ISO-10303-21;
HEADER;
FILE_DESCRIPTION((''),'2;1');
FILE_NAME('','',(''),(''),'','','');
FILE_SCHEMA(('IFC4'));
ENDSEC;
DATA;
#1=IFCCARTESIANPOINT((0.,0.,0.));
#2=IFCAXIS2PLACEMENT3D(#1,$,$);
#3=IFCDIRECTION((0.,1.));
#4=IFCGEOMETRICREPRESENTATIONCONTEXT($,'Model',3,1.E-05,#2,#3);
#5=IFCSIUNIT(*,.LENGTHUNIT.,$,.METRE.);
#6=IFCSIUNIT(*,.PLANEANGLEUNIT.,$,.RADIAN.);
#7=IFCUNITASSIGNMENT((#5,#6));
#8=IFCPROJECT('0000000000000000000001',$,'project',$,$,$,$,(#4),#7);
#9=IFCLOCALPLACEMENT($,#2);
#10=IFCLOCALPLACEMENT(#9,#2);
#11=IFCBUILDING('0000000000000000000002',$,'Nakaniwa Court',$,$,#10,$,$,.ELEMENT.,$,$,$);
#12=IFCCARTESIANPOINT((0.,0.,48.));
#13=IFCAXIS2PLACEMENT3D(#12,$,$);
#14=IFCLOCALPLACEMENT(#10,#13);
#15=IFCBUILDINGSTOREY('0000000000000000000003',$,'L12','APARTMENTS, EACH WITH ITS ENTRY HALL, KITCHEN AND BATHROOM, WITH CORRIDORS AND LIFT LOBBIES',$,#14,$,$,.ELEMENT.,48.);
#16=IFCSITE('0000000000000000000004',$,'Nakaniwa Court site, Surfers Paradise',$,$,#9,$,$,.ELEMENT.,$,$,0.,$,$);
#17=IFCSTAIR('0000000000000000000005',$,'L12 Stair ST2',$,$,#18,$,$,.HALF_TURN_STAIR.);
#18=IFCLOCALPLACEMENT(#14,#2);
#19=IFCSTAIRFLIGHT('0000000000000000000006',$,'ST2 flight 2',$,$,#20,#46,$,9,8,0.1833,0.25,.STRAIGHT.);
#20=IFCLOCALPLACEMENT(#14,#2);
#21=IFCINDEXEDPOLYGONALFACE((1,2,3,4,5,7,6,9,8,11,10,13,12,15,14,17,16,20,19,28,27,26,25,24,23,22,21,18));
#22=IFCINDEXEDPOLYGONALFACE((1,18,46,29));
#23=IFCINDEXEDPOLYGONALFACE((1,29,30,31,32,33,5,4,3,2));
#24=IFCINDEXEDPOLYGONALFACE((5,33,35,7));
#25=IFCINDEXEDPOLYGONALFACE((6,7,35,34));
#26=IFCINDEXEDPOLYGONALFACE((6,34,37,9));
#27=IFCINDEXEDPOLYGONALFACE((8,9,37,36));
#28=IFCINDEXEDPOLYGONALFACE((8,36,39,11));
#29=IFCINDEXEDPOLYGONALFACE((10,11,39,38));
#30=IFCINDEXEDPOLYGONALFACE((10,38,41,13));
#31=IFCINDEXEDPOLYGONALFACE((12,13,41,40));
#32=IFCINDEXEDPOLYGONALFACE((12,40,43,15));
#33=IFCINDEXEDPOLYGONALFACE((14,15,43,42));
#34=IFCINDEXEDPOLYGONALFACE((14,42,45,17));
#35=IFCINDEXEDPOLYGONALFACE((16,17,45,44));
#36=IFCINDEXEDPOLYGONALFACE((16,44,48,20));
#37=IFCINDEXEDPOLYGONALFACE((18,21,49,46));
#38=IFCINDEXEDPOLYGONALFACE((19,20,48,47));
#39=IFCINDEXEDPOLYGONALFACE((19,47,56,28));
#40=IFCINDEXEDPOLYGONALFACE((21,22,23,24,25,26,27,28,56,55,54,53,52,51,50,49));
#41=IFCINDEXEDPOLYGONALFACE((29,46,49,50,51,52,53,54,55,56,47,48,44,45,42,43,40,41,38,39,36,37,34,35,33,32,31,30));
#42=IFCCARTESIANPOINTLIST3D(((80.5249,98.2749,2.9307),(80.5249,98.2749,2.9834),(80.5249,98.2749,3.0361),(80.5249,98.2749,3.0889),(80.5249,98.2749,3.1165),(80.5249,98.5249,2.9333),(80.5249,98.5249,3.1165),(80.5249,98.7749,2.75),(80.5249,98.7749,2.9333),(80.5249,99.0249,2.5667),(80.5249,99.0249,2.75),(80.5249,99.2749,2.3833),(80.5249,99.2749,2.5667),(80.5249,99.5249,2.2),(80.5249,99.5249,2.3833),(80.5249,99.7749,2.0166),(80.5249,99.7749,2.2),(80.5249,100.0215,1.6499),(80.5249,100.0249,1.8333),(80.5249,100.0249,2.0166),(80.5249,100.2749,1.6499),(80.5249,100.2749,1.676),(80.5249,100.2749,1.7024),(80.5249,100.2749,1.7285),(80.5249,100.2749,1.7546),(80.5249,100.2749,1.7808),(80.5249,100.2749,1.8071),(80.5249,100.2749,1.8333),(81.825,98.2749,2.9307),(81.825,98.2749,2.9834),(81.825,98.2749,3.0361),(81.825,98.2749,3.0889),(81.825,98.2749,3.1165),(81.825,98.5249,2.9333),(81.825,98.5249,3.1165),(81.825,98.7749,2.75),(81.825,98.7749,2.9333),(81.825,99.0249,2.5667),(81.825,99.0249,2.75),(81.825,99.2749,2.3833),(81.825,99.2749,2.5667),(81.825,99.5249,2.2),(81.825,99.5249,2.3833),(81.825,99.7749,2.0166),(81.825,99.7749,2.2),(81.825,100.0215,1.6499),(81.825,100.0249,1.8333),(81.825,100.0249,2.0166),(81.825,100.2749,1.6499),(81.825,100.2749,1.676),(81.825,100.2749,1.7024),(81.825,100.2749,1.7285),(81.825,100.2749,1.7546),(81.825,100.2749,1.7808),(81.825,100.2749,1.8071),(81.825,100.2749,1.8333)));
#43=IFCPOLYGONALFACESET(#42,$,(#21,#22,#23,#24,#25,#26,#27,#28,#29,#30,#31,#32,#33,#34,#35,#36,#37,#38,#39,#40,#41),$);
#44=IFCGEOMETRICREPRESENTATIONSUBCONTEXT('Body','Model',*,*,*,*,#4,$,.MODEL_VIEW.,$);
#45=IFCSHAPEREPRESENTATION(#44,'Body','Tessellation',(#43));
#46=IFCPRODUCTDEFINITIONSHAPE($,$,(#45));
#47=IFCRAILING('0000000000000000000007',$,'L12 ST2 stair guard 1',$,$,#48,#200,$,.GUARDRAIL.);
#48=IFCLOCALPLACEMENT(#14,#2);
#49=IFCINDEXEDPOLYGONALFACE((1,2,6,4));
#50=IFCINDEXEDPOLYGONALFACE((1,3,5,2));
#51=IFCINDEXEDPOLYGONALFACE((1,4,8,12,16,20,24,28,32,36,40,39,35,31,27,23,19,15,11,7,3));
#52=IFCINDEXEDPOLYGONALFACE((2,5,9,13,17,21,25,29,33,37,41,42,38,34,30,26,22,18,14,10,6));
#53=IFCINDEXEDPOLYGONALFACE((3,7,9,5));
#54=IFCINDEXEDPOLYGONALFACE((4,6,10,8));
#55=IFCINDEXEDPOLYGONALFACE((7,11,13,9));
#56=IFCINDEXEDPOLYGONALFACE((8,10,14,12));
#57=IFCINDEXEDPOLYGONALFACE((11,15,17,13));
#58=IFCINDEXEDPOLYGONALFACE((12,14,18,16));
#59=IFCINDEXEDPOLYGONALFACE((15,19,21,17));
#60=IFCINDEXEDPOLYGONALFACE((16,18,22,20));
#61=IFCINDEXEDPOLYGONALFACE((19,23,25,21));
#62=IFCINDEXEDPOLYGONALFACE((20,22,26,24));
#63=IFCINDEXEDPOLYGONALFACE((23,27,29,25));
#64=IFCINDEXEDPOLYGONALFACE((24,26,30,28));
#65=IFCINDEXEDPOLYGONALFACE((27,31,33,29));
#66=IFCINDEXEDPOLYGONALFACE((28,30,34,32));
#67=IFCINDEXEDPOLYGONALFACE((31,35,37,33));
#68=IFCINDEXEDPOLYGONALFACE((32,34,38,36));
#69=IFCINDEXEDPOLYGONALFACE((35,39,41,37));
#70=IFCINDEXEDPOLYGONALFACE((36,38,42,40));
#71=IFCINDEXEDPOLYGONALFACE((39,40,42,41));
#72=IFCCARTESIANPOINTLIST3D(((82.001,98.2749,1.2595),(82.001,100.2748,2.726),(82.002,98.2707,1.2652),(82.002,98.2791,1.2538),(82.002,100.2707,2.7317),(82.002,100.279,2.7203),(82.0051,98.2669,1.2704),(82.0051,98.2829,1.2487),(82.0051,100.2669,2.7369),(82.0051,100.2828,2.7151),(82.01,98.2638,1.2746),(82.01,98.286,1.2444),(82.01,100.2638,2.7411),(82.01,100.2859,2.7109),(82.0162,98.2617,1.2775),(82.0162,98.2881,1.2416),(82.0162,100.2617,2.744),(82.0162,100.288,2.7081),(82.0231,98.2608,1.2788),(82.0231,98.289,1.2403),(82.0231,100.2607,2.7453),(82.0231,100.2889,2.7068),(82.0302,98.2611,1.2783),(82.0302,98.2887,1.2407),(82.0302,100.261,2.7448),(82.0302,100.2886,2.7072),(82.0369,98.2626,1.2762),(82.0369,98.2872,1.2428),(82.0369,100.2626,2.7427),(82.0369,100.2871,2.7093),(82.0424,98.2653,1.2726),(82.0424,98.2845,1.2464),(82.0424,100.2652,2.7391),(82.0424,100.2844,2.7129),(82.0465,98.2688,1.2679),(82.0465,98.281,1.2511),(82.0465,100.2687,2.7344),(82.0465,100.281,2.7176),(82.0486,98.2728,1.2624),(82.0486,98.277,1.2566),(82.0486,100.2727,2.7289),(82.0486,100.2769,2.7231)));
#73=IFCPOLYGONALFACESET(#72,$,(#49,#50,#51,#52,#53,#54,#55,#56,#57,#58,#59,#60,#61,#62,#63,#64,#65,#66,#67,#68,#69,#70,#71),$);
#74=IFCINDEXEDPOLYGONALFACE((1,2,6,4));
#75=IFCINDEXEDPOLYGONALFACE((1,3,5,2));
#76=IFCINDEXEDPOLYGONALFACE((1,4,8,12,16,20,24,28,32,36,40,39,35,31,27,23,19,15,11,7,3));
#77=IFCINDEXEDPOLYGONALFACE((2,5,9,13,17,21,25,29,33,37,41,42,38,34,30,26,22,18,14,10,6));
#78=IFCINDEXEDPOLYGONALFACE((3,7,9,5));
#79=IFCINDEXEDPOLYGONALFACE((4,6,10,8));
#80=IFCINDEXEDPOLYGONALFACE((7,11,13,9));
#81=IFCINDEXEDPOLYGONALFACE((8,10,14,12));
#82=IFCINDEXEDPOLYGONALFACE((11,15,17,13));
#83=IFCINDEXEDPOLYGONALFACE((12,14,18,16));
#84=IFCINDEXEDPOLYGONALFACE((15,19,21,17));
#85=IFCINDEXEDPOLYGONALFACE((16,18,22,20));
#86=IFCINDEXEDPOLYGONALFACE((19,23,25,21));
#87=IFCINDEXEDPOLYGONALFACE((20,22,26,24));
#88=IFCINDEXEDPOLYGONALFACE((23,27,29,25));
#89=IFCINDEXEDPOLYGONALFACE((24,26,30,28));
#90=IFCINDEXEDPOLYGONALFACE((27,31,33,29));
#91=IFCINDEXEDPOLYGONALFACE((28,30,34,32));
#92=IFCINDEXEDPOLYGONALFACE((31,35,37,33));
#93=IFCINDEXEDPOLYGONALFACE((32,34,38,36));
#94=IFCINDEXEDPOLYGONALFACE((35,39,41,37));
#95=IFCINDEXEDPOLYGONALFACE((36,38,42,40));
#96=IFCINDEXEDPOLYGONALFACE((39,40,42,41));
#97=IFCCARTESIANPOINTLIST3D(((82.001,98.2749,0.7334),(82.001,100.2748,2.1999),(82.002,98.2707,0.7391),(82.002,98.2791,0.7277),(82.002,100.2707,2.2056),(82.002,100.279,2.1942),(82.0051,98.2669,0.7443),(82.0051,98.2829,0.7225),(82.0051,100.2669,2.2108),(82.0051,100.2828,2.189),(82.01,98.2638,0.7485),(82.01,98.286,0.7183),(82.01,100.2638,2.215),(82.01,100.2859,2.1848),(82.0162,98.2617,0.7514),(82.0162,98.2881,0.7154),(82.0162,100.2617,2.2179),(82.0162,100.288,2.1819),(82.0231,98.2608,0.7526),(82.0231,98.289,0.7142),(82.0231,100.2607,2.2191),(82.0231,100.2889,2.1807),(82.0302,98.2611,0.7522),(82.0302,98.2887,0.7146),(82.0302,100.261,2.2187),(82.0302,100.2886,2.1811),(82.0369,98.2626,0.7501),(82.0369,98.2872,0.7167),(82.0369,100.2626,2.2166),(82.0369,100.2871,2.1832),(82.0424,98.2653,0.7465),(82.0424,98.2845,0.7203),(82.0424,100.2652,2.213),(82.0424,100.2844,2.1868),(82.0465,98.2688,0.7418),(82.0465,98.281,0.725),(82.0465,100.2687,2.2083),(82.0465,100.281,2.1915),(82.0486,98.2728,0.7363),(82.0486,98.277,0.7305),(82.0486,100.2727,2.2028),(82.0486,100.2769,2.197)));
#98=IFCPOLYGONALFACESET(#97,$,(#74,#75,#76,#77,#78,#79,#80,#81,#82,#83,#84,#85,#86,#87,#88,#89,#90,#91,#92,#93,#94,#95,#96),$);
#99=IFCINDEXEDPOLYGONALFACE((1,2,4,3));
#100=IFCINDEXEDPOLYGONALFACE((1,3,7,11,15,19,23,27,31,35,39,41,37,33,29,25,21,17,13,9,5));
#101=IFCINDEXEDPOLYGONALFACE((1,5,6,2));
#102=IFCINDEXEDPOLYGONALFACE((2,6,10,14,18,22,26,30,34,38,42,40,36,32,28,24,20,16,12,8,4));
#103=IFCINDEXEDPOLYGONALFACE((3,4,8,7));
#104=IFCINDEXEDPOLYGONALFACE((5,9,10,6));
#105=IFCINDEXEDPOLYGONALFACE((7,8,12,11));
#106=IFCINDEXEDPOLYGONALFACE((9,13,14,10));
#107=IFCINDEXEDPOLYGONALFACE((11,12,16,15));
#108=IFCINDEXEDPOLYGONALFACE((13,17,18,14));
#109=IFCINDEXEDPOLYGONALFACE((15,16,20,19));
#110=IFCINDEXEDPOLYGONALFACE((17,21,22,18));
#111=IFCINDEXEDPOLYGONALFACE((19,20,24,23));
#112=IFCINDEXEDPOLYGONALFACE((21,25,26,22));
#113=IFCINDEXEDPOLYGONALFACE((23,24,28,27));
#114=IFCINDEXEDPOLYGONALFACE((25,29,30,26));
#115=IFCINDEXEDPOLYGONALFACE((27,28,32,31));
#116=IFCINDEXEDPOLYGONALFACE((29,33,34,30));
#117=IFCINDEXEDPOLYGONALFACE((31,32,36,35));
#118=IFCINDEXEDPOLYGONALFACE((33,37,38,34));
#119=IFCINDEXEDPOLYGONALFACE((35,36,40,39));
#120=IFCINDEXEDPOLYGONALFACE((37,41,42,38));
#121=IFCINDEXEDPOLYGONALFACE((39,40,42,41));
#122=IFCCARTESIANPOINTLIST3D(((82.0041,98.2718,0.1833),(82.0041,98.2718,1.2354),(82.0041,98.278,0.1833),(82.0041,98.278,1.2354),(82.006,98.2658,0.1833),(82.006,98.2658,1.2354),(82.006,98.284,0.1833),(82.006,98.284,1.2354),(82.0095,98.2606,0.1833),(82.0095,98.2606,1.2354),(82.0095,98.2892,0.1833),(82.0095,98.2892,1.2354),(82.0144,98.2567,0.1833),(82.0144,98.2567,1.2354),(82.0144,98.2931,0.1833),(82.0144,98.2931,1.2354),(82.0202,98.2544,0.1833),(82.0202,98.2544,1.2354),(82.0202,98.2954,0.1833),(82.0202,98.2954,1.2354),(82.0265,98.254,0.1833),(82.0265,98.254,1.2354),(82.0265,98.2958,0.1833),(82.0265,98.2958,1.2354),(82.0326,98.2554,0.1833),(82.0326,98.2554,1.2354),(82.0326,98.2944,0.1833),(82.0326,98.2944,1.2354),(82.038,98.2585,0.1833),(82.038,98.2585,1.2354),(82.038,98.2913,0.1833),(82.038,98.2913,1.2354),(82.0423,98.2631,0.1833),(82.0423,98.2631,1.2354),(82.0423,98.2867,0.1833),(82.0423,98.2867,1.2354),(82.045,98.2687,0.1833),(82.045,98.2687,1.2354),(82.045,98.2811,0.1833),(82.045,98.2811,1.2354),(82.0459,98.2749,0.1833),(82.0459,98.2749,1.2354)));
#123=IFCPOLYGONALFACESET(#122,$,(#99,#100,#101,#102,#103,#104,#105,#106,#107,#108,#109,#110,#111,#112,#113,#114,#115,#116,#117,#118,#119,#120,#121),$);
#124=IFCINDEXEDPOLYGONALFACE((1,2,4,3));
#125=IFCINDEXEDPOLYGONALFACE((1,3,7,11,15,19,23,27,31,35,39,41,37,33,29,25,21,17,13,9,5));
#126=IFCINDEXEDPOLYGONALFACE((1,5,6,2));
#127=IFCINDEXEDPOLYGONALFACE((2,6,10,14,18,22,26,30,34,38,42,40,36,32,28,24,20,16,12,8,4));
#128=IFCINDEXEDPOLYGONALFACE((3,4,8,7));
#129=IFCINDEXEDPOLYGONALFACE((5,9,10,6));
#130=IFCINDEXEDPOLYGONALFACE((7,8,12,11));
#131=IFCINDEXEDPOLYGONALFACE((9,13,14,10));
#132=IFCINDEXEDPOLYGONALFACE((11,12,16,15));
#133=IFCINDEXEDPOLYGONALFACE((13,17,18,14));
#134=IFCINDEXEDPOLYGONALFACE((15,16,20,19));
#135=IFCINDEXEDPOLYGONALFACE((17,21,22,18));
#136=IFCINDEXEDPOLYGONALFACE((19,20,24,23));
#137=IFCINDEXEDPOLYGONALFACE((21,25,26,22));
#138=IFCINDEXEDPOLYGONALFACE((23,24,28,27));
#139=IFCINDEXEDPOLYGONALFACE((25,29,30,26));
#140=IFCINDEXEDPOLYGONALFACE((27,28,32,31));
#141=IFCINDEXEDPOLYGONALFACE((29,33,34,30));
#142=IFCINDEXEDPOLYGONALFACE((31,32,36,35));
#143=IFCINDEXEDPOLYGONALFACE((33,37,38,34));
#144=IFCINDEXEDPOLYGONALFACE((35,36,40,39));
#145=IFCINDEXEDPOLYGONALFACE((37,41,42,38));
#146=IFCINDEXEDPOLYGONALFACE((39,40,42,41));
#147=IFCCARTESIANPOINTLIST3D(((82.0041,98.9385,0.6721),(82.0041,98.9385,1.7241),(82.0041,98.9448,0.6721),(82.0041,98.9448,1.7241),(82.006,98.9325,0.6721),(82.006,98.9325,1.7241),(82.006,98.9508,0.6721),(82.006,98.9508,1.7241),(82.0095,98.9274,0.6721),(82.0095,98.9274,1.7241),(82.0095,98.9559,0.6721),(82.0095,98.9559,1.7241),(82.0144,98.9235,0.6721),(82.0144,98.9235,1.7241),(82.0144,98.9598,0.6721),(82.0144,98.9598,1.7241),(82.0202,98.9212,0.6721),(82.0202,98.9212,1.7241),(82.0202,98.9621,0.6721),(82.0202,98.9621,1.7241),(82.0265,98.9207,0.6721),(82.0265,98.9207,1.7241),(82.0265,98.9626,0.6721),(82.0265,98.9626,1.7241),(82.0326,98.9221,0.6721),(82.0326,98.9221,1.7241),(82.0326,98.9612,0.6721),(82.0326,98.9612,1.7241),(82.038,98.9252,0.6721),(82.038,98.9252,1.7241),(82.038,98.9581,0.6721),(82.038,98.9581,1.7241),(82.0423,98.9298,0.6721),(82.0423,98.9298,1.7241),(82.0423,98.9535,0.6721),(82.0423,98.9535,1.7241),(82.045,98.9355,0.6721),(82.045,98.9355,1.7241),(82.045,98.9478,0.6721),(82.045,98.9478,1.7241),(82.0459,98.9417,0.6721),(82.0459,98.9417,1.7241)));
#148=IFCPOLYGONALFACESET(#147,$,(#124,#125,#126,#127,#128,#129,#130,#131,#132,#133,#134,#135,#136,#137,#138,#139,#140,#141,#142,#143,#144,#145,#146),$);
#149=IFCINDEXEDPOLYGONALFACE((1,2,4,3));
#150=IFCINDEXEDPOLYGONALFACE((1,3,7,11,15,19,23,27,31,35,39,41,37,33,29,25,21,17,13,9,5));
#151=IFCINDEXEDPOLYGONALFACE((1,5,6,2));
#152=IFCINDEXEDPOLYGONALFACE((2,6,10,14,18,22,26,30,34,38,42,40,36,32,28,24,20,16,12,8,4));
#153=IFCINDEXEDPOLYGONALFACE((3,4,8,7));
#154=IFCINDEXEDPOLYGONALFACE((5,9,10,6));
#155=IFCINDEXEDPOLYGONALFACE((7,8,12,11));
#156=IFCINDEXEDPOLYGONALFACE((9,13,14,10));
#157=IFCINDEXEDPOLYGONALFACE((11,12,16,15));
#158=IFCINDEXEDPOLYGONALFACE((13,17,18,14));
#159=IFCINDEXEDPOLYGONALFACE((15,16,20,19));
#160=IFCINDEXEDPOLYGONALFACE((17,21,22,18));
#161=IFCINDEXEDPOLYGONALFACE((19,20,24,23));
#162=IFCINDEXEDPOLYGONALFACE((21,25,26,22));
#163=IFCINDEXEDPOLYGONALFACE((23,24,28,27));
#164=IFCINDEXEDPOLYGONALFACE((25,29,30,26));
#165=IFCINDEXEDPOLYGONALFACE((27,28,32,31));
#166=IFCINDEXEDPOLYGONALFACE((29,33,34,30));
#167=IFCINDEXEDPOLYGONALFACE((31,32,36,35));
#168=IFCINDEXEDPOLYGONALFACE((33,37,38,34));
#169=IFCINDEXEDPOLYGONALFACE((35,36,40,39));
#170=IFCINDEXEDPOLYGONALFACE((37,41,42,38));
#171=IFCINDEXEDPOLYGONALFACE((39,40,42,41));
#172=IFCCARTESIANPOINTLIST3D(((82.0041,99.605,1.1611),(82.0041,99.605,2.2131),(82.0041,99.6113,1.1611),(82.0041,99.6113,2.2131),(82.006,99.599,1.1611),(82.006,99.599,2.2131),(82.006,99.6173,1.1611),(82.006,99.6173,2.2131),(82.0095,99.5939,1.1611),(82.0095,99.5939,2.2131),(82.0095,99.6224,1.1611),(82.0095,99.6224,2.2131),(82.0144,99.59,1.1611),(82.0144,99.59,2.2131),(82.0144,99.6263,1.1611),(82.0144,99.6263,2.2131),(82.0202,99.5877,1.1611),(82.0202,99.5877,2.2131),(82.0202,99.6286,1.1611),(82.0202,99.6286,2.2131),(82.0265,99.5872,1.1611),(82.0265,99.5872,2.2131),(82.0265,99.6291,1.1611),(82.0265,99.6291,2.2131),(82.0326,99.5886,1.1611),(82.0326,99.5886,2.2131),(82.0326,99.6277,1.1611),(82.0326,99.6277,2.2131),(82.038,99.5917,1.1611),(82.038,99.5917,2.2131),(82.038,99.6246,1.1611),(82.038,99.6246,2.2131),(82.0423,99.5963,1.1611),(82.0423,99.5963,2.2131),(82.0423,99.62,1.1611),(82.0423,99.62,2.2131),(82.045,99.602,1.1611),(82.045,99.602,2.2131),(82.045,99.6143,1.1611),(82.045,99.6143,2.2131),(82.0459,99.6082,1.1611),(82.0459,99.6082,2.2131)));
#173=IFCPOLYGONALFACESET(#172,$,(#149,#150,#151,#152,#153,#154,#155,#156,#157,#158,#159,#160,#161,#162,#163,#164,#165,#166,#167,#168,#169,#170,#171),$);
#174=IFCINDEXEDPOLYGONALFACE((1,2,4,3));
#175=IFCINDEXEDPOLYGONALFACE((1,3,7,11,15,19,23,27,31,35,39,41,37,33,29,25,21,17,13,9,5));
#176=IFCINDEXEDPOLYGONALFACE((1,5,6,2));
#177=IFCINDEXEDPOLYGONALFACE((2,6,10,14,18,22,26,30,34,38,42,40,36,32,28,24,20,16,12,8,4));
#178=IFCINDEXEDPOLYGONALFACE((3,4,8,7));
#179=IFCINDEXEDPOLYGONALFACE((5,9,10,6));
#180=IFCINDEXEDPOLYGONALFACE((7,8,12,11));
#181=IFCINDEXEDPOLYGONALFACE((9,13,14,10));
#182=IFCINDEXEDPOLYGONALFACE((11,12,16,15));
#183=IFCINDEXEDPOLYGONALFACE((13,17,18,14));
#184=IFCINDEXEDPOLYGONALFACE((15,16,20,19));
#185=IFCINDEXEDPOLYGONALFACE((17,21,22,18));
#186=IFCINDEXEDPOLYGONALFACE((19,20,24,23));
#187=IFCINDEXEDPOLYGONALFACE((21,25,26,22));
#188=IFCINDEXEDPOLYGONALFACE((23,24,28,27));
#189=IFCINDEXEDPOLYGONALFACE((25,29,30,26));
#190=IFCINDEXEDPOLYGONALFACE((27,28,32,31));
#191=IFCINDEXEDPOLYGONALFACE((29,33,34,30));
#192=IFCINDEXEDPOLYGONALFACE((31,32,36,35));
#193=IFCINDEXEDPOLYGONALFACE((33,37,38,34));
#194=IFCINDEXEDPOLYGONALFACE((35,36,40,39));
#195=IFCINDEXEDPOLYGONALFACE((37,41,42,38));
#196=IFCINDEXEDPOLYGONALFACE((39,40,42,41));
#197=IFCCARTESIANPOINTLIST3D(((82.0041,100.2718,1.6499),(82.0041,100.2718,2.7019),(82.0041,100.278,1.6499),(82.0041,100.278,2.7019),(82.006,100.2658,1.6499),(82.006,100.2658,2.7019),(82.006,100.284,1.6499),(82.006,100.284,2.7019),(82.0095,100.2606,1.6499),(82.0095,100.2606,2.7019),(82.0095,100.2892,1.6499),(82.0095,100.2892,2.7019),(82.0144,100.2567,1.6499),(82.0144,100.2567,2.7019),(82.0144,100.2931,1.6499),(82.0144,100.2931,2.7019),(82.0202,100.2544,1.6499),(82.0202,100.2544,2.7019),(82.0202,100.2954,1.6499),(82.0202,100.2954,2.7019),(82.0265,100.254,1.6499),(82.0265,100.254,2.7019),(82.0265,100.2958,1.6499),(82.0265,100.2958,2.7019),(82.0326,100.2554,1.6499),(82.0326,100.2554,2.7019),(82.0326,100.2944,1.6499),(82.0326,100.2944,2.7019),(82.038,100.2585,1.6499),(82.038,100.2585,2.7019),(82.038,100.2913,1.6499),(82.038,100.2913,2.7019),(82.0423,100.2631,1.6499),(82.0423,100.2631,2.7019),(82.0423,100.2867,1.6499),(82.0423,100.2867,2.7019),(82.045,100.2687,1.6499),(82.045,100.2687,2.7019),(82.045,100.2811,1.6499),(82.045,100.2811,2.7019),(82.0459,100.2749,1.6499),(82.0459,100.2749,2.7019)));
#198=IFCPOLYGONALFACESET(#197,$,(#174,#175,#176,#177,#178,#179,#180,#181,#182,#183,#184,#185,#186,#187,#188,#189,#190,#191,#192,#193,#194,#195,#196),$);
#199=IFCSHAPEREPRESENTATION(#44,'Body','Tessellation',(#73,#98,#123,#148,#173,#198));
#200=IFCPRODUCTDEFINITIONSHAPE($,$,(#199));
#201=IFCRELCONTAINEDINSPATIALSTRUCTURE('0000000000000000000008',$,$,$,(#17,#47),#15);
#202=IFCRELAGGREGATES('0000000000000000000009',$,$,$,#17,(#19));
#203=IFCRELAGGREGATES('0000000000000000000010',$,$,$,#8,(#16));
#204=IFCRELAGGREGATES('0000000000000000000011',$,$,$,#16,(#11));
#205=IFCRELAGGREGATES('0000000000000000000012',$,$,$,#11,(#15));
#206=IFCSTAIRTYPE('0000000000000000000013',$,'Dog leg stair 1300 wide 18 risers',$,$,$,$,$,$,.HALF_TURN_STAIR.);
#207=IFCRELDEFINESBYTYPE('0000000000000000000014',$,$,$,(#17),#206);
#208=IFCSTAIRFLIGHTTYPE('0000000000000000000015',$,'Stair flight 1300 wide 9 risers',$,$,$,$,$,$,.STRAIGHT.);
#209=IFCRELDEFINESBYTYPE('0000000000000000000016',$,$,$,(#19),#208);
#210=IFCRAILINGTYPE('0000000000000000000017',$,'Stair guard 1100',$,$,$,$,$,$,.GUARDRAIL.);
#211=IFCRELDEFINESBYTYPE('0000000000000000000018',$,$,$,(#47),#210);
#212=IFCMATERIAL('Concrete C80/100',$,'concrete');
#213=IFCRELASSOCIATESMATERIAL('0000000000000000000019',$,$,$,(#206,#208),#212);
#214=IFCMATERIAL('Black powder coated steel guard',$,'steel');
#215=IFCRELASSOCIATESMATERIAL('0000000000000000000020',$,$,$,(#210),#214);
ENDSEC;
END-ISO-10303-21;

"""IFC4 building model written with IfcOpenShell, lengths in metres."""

from ifc_helpers import new_model, si_unit, direction, frame, origin, origin_2d, place, context, subcontext, project, spatial, polyline, circle, outline, extrude, material, type_object, element, aggregate, save


model = new_model("IFC4")

# Units and contexts
model_context = context("Model", 3, precision=1e-05, world=origin(), true_north=direction((0.0, 1.0)))
body_context = subcontext(model_context, "Body", "Model", "MODEL_VIEW")
ifc_project = project(units=[si_unit("LENGTHUNIT", "METRE"), si_unit("PLANEANGLEUNIT", "RADIAN")], contexts=[model_context])

# Site, building, storey
site_placement = place(None, origin())
site = spatial("IfcSite", under=ifc_project, at=site_placement, Name="Nakaniwa Court site, Surfers Paradise", CompositionType="ELEMENT", RefElevation=0.0)
building_placement = place(site_placement, origin())
building = spatial("IfcBuilding", under=site, at=building_placement, Name="Nakaniwa Court", CompositionType="ELEMENT")
storey_placement = place(building_placement, frame((0.0, 0.0, 48.0)))
storey = spatial("IfcBuildingStorey", under=building, at=storey_placement, Name="L12", Description="APARTMENTS, EACH WITH ITS ENTRY HALL, KITCHEN AND BATHROOM, WITH CORRIDORS AND LIFT LOBBIES", CompositionType="ELEMENT", Elevation=48.0)

# Shared definitions
ifc_material_1 = material(Name="Concrete C80/100", Category="concrete")

# Stair, stair flight
stair_type = type_object("IfcStairType", Name="Dog leg stair 1300 wide 18 risers", PredefinedType="HALF_TURN_STAIR", material=ifc_material_1)
stair_placement = place(storey_placement, origin())
stair = element("IfcStair", 1, at=stair_placement, inside=storey, type_object=stair_type, Name="L12 Stair ST2", PredefinedType="HALF_TURN_STAIR")
stair_flight_type = type_object("IfcStairFlightType", Name="Stair flight 1300 wide 9 risers", PredefinedType="STRAIGHT", material=ifc_material_1)
stair_flight_1_placement = place(storey_placement, frame((81.175, 100.2749, 1.6499), z_axis=(0.0, 0.0, 1.0), x_axis=(0.0, -1.0, 0.0)))
stair_flight_1 = element("IfcStairFlight", 2, at=stair_flight_1_placement, type_object=stair_flight_type, Name="ST2 flight 2", NumberOfRisers=9, NumberOfTreads=8, PredefinedType="STRAIGHT", RiserHeight=0.1833, TreadLength=0.25, context=body_context, shape_type="SweptSolid", body=[
    extrude(outline(polyline([(0.0, 0.0), (0.0, 0.0261), (0.0, 0.0525), (0.0, 0.0786), (0.0, 0.1047), (0.0, 0.1309), (0.0, 0.1572), (0.0, 0.1833), (0.25, 0.1833), (0.25, 0.3667), (0.5, 0.3667), (0.5, 0.55), (0.75, 0.55), (0.75, 0.7334), (1.0, 0.7334), (1.0, 0.9167), (1.25, 0.9167), (1.25, 1.1001), (1.5, 1.1001), (1.5, 1.2834), (1.75, 1.2834), (1.75, 1.4666), (2.0, 1.4666), (2.0, 1.6499), (2.0, 1.5972), (2.0, 1.5444), (2.0, 1.4917), (2.0, 1.439), (2.0, 1.3862), (2.0, 1.3335), (2.0, 1.2808), (0.2534, 0.0), (0.0, 0.0)])), frame((0.0, 0.6499, 0.0), z_axis=(0.0, -1.0, 0.0), x_axis=(1.0, 0.0, 0.0)), (0.0, 0.0, 1.0), 1.3),
])
aggregate(stair, [stair_flight_1])

# Railing
ifc_material_2 = material(Name="Black powder coated steel guard", Category="steel")
railing_type_1 = type_object("IfcRailingType", Name="Stair guard 1100", PredefinedType="GUARDRAIL", material=ifc_material_2)
railing_1_placement = place(storey_placement, frame((82.0249, 98.2749, 0.1833)))
element("IfcRailing", 3, at=railing_1_placement, inside=storey, type_object=railing_type_1, Name="L12 ST2 stair guard 1", PredefinedType="GUARDRAIL", context=body_context, shape_type="SweptSolid", body=[
    extrude(circle(Radius=0.0239, at=origin_2d()), frame((0.0, 0.0, 1.0762), z_axis=(0.0, 0.806427, 0.591334), x_axis=(-1.0, 0.0, 0.0)), (0.0, 0.0, 1.0), 2.48),
    extrude(circle(Radius=0.0239, at=origin_2d()), frame((0.0, 0.0, 0.55), z_axis=(0.0, 0.806427, 0.591334), x_axis=(-1.0, 0.0, 0.0)), (0.0, 0.0, 1.0), 2.48),
    extrude(circle(Radius=0.021, at=origin_2d()), origin(), (0.0, 0.0, 1.0), 1.052),
    extrude(circle(Radius=0.021, at=origin_2d()), frame((0.0, 0.6667, 0.4888)), (0.0, 0.0, 1.0), 1.052),
    extrude(circle(Radius=0.021, at=origin_2d()), frame((0.0, 1.3333, 0.9778)), (0.0, 0.0, 1.0), 1.052),
    extrude(circle(Radius=0.021, at=origin_2d()), frame((0.0, 2.0, 1.4666)), (0.0, 0.0, 1.0), 1.052),
])

save(model, "model.ifc")
